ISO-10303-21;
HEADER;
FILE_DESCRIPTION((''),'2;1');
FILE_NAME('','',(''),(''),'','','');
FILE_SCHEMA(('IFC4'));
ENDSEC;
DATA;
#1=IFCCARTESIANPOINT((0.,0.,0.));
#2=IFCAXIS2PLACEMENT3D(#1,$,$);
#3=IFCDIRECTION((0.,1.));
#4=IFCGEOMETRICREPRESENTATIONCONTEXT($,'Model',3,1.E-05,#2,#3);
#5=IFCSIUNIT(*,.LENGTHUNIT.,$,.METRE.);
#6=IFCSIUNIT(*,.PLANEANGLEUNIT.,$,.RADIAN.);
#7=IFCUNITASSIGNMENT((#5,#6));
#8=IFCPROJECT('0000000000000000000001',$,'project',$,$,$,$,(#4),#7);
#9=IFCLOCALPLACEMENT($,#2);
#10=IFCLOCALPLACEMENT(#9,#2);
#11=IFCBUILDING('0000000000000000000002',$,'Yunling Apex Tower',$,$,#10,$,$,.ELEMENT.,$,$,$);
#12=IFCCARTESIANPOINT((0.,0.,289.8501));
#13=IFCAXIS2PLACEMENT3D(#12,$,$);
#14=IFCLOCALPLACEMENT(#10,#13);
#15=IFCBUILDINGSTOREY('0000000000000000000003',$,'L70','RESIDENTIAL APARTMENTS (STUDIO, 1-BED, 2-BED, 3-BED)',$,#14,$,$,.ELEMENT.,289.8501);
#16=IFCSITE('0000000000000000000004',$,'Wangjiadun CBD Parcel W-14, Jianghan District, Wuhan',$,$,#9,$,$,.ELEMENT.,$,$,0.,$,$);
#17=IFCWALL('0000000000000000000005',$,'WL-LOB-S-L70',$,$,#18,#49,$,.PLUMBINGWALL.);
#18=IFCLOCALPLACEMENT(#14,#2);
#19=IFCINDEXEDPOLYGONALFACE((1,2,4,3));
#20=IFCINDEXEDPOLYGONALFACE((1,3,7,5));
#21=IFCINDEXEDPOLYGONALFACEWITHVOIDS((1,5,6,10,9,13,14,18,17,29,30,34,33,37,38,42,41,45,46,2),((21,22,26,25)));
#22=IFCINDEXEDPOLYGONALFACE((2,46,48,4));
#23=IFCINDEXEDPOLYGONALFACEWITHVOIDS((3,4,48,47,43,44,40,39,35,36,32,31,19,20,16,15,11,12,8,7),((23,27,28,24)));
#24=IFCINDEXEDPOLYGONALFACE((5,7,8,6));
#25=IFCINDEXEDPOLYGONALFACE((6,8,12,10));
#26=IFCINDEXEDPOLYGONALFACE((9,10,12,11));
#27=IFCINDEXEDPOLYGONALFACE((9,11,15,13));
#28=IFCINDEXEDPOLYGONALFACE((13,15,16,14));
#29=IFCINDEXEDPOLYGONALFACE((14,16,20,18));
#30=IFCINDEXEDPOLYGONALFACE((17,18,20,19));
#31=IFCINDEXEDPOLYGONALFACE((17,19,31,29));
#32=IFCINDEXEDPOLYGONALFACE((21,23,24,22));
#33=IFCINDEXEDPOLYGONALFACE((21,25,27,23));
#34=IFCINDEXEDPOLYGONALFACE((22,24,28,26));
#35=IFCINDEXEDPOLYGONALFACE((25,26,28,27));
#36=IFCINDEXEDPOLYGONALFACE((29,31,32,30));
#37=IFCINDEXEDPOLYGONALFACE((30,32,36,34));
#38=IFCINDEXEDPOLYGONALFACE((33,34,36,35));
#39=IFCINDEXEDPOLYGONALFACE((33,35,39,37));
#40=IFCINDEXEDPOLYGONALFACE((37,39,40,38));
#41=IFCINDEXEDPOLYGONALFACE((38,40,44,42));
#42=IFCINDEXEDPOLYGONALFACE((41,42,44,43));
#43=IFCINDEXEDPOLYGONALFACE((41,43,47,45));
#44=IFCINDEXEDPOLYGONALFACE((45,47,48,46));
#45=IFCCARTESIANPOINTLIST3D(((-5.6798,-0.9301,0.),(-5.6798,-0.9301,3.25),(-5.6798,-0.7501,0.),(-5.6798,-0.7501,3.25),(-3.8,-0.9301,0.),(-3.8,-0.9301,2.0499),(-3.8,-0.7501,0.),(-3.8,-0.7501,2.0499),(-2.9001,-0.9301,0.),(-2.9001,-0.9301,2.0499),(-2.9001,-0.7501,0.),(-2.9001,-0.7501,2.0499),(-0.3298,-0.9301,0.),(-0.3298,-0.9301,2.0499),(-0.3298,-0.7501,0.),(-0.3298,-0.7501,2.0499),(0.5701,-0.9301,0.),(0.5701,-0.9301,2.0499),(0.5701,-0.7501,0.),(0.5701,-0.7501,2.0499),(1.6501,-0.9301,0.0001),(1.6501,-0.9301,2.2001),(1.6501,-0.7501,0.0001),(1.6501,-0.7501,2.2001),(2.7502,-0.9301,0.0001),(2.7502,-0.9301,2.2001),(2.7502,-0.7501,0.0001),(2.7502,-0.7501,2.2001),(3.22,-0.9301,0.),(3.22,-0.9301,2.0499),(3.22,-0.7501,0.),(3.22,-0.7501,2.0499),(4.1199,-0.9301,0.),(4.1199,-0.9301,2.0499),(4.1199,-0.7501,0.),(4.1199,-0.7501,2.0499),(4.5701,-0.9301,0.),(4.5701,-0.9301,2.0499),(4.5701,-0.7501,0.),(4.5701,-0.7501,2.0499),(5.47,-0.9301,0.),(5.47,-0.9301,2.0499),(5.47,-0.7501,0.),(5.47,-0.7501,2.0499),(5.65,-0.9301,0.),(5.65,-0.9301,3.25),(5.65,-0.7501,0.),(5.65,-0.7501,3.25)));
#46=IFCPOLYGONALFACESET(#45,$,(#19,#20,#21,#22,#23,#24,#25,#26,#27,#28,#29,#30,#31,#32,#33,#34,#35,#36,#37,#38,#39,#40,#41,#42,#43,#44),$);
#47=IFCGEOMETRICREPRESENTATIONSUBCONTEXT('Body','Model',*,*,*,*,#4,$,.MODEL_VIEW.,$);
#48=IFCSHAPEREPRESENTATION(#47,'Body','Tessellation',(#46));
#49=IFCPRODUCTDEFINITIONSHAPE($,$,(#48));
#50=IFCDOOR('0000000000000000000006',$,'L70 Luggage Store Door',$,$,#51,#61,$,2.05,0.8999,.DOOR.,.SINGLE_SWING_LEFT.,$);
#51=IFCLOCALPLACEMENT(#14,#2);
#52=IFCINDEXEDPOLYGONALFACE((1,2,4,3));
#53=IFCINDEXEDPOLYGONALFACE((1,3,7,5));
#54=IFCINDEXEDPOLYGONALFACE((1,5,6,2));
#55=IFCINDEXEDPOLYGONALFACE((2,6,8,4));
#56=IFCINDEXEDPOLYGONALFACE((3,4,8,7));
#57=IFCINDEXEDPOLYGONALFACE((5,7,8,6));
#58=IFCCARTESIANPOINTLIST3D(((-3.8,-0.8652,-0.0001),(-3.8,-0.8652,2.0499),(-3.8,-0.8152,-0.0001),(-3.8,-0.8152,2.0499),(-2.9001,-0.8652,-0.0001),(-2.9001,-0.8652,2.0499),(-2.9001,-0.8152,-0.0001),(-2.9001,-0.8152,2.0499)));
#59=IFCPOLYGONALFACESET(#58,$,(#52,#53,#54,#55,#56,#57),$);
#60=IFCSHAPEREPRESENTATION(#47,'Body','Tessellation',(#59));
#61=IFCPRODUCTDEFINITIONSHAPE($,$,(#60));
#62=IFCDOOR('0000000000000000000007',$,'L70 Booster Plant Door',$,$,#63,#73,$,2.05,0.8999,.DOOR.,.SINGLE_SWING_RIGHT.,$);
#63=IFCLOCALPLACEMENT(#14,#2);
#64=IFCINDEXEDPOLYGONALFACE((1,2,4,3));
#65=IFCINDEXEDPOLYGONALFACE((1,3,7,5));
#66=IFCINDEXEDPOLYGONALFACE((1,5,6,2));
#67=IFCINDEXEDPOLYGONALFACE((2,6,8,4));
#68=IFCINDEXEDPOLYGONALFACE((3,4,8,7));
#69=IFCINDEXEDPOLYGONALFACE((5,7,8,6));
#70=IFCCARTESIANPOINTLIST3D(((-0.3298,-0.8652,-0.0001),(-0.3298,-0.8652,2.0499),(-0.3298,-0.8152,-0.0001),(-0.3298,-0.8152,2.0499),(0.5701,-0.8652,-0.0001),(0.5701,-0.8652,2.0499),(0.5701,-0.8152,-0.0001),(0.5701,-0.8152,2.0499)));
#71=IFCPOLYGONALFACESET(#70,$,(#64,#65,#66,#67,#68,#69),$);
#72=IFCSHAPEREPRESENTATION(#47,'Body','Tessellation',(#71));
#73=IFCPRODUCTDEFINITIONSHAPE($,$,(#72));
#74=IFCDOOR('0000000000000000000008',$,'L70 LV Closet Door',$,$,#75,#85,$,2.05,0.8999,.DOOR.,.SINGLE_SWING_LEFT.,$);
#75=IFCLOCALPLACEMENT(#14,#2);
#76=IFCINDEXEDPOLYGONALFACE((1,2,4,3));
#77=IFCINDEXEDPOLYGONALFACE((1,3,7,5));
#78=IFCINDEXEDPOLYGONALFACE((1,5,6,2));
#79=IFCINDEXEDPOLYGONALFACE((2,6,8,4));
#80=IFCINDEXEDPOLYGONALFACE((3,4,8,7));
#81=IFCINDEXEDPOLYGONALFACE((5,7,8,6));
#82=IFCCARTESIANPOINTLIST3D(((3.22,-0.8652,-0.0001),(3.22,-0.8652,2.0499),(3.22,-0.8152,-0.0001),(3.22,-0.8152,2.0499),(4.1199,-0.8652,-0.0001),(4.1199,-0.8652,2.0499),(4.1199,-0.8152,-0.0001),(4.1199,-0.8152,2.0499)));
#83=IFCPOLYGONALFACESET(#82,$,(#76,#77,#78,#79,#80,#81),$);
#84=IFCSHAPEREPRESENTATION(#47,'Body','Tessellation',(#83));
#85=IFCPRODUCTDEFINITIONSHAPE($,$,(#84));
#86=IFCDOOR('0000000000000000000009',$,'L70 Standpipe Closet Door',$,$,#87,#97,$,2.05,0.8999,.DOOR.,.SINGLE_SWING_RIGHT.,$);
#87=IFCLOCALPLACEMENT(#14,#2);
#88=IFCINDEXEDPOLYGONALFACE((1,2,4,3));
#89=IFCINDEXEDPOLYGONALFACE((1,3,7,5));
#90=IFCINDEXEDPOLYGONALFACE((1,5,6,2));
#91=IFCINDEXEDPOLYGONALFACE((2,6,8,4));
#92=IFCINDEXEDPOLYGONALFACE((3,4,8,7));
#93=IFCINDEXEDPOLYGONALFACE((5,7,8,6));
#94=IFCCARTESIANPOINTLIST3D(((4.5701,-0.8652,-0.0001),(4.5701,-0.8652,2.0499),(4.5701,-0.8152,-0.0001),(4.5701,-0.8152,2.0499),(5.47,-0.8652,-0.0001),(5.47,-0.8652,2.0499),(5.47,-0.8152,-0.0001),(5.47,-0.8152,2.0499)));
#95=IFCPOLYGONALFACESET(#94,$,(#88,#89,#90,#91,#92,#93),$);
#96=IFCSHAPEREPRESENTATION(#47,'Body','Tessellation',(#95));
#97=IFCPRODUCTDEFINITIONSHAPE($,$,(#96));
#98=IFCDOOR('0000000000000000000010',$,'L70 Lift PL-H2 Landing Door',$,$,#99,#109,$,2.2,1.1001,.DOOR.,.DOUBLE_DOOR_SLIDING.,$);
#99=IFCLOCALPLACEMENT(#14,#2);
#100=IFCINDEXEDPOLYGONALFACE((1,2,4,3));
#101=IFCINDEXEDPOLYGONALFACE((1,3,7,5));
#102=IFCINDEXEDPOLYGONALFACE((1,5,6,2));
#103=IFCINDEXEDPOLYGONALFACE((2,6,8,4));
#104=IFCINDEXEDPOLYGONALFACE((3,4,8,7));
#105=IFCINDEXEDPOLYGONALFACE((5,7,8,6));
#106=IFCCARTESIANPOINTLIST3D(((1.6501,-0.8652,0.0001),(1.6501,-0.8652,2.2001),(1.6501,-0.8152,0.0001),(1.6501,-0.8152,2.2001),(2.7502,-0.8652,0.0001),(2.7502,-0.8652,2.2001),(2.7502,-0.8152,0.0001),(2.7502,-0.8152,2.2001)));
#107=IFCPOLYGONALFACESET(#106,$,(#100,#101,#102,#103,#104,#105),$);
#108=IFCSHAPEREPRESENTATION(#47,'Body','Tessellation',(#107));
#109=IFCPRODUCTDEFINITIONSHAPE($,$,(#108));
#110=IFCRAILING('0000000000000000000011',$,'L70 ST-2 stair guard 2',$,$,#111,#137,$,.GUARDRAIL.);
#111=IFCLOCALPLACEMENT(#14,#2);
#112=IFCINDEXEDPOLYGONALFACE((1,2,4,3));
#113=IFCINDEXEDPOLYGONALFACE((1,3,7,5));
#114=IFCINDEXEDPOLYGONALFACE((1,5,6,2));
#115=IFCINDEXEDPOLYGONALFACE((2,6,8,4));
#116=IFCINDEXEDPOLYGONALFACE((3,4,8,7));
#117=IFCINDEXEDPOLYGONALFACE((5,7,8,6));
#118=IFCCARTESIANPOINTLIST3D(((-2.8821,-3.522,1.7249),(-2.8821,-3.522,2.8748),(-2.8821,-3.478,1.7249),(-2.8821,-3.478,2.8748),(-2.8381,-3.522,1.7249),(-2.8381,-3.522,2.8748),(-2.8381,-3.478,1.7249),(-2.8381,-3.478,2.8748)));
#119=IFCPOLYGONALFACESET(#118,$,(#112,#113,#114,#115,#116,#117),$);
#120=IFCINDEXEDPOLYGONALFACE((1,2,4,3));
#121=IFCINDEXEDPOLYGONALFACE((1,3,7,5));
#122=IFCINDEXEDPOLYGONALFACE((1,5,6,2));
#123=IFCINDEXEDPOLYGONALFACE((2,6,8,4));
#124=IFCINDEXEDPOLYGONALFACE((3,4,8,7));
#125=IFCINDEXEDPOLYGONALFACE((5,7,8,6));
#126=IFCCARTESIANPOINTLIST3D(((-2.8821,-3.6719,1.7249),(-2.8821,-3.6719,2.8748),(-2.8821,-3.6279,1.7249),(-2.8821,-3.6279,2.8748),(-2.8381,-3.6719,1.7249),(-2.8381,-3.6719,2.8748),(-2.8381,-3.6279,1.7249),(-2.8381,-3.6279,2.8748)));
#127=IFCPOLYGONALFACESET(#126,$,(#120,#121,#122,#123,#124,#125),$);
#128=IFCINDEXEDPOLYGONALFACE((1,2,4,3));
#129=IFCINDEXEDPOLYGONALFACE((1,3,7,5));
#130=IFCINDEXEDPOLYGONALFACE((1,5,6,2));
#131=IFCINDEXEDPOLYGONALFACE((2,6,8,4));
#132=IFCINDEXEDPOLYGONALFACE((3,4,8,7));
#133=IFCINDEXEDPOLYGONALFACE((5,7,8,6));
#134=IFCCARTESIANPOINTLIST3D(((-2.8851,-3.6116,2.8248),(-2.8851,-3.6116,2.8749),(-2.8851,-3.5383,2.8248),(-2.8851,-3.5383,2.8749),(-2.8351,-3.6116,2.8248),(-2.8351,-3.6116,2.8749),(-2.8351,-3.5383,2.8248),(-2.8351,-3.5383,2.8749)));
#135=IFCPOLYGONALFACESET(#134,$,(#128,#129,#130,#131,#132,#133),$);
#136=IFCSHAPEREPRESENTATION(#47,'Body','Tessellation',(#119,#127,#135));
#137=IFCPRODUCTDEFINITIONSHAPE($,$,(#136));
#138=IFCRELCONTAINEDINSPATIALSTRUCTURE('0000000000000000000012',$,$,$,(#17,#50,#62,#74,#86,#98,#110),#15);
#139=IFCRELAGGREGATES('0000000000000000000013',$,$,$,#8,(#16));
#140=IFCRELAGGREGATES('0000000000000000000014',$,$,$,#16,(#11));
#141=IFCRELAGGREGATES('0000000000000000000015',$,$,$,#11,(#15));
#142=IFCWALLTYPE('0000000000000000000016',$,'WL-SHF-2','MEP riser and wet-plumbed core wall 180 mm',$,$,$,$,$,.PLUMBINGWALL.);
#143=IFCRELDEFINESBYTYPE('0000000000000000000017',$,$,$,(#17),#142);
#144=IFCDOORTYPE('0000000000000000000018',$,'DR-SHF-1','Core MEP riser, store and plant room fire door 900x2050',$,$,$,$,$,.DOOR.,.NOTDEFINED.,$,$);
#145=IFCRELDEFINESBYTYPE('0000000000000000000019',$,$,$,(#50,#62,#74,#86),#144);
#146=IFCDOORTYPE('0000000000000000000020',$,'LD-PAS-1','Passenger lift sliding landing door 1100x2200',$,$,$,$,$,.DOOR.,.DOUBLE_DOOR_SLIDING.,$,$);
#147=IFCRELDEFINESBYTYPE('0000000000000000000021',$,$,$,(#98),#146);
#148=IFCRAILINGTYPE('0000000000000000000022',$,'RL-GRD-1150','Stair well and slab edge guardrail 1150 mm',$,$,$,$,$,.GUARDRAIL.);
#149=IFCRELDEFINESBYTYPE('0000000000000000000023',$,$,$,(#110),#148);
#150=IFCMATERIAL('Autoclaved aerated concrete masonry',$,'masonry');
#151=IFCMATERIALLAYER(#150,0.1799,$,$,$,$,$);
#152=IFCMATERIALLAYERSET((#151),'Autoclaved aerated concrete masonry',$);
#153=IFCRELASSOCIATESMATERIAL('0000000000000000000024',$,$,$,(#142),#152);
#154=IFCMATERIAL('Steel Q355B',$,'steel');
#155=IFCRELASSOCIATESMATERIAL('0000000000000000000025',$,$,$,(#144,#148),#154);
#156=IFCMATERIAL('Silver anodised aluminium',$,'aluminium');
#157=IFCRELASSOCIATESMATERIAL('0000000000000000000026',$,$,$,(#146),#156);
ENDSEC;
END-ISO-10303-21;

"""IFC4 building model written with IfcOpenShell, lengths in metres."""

from ifc_helpers import new_model, si_unit, direction, frame, frame_2d, origin, origin_2d, place, context, subcontext, project, spatial, rectangle, extrude, material, layer, layer_set, type_object, element, fill, save


model = new_model("IFC4")

# Units and contexts
model_context = context("Model", 3, precision=1e-05, world=origin(), true_north=direction((0.0, 1.0)))
body_context = subcontext(model_context, "Body", "Model", "MODEL_VIEW")
ifc_project = project(units=[si_unit("LENGTHUNIT", "METRE"), si_unit("PLANEANGLEUNIT", "RADIAN")], contexts=[model_context])

# Site, building, storey
site_placement = place(None, origin())
site = spatial("IfcSite", under=ifc_project, at=site_placement, Name="Wangjiadun CBD Parcel W-14, Jianghan District, Wuhan", CompositionType="ELEMENT", RefElevation=0.0)
building_placement = place(site_placement, origin())
building = spatial("IfcBuilding", under=site, at=building_placement, Name="Yunling Apex Tower", CompositionType="ELEMENT")
storey_placement = place(building_placement, frame((0.0, 0.0, 289.8501)))
storey = spatial("IfcBuildingStorey", under=building, at=storey_placement, Name="L70", Description="RESIDENTIAL APARTMENTS (STUDIO, 1-BED, 2-BED, 3-BED)", CompositionType="ELEMENT", Elevation=289.8501)

# Shared definitions
ifc_material_1 = material(Name="Steel Q355B", Category="steel")

# Shared definitions
ifc_material_2 = material(Name="Autoclaved aerated concrete masonry", Category="masonry")

# Wall, openings, doors
ifc_layer_1 = layer(ifc_material_2, 0.1799)
ifc_layer_set_1 = layer_set([ifc_layer_1], Name="Autoclaved aerated concrete masonry")
wall_type_1 = type_object("IfcWallType", Name="WL-SHF-2", Description="MEP riser and wet-plumbed core wall 180 mm", PredefinedType="PLUMBINGWALL", material=ifc_layer_set_1)
wall_1_placement = place(storey_placement, frame((-5.6799, -0.8401, 0.0), z_axis=(0.0, 0.0, 1.0), x_axis=(1.0, 0.0, 0.0)))
wall_1 = element("IfcWall", 1, at=wall_1_placement, inside=storey, type_object=wall_type_1, Name="WL-LOB-S-L70", PredefinedType="PLUMBINGWALL", context=body_context, shape_type="SweptSolid", body=[
    extrude(rectangle(XDim=11.3298, YDim=0.1799, at=frame_2d((5.665, 0.0))), origin(), (0.0, 0.0, 1.0), 3.25),
])
opening_1_placement = place(wall_1_placement, frame((1.8799, 0.0, 0.0)))
opening_1 = element("IfcOpeningElement", 2, at=opening_1_placement, cuts=wall_1, PredefinedType="OPENING", context=body_context, shape_type="SweptSolid", body=[
    extrude(rectangle(XDim=0.8999, YDim=2.05, at=frame_2d((0.45, 1.0249))), frame((0.0, 0.1001, 0.0), z_axis=(0.0, -1.0, 0.0), x_axis=(1.0, 0.0, 0.0)), (0.0, 0.0, 1.0), 0.2),
])
opening_2_placement = place(wall_1_placement, frame((5.3501, 0.0, 0.0)))
opening_2 = element("IfcOpeningElement", 3, at=opening_2_placement, cuts=wall_1, PredefinedType="OPENING", context=body_context, shape_type="SweptSolid", body=[
    extrude(rectangle(XDim=0.8999, YDim=2.05, at=frame_2d((0.45, 1.0249))), frame((0.0, 0.1001, 0.0), z_axis=(0.0, -1.0, 0.0), x_axis=(1.0, 0.0, 0.0)), (0.0, 0.0, 1.0), 0.2),
])
opening_3_placement = place(wall_1_placement, frame((7.3301, 0.0, 0.0)))
opening_3 = element("IfcOpeningElement", 4, at=opening_3_placement, cuts=wall_1, PredefinedType="OPENING", context=body_context, shape_type="SweptSolid", body=[
    extrude(rectangle(XDim=1.1001, YDim=2.2, at=frame_2d((0.55, 1.1001))), frame((0.0, 0.1001, 0.0), z_axis=(0.0, -1.0, 0.0), x_axis=(1.0, 0.0, 0.0)), (0.0, 0.0, 1.0), 0.2),
])
opening_4_placement = place(wall_1_placement, frame((8.8999, 0.0, 0.0)))
opening_4 = element("IfcOpeningElement", 5, at=opening_4_placement, cuts=wall_1, PredefinedType="OPENING", context=body_context, shape_type="SweptSolid", body=[
    extrude(rectangle(XDim=0.8999, YDim=2.05, at=frame_2d((0.45, 1.0249))), frame((0.0, 0.1001, 0.0), z_axis=(0.0, -1.0, 0.0), x_axis=(1.0, 0.0, 0.0)), (0.0, 0.0, 1.0), 0.2),
])
opening_5_placement = place(wall_1_placement, frame((10.25, 0.0, 0.0)))
opening_5 = element("IfcOpeningElement", 6, at=opening_5_placement, cuts=wall_1, PredefinedType="OPENING", context=body_context, shape_type="SweptSolid", body=[
    extrude(rectangle(XDim=0.8999, YDim=2.05, at=frame_2d((0.45, 1.0249))), frame((0.0, 0.1001, 0.0), z_axis=(0.0, -1.0, 0.0), x_axis=(1.0, 0.0, 0.0)), (0.0, 0.0, 1.0), 0.2),
])
door_type_1 = type_object("IfcDoorType", Name="DR-SHF-1", Description="Core MEP riser, store and plant room fire door 900x2050", OperationType="NOTDEFINED", PredefinedType="DOOR", material=ifc_material_1)
door_1_placement = place(opening_1_placement, origin())
door_1 = element("IfcDoor", 7, at=door_1_placement, inside=storey, type_object=door_type_1, Name="L70 Luggage Store Door", OperationType="SINGLE_SWING_LEFT", OverallHeight=2.05, OverallWidth=0.8999, PredefinedType="DOOR", context=body_context, shape_type="SweptSolid", body=[
    extrude(rectangle(XDim=0.8999, YDim=2.05, at=frame_2d((0.45, 1.0249))), frame((0.0, 0.0249, 0.0), z_axis=(0.0, -1.0, 0.0), x_axis=(1.0, 0.0, 0.0)), (0.0, 0.0, 1.0), 0.05),
])
fill(opening_1, door_1)
door_2_placement = place(opening_2_placement, origin())
door_2 = element("IfcDoor", 8, at=door_2_placement, inside=storey, type_object=door_type_1, Name="L70 Booster Plant Door", OperationType="SINGLE_SWING_RIGHT", OverallHeight=2.05, OverallWidth=0.8999, PredefinedType="DOOR", context=body_context, shape_type="SweptSolid", body=[
    extrude(rectangle(XDim=0.8999, YDim=2.05, at=frame_2d((0.45, 1.0249))), frame((0.0, 0.0249, 0.0), z_axis=(0.0, -1.0, 0.0), x_axis=(1.0, 0.0, 0.0)), (0.0, 0.0, 1.0), 0.05),
])
fill(opening_2, door_2)
door_3_placement = place(opening_4_placement, origin())
door_3 = element("IfcDoor", 9, at=door_3_placement, inside=storey, type_object=door_type_1, Name="L70 LV Closet Door", OperationType="SINGLE_SWING_LEFT", OverallHeight=2.05, OverallWidth=0.8999, PredefinedType="DOOR", context=body_context, shape_type="SweptSolid", body=[
    extrude(rectangle(XDim=0.8999, YDim=2.05, at=frame_2d((0.45, 1.0249))), frame((0.0, 0.0249, 0.0), z_axis=(0.0, -1.0, 0.0), x_axis=(1.0, 0.0, 0.0)), (0.0, 0.0, 1.0), 0.05),
])
fill(opening_4, door_3)
door_4_placement = place(opening_5_placement, origin())
door_4 = element("IfcDoor", 10, at=door_4_placement, inside=storey, type_object=door_type_1, Name="L70 Standpipe Closet Door", OperationType="SINGLE_SWING_RIGHT", OverallHeight=2.05, OverallWidth=0.8999, PredefinedType="DOOR", context=body_context, shape_type="SweptSolid", body=[
    extrude(rectangle(XDim=0.8999, YDim=2.05, at=frame_2d((0.45, 1.0249))), frame((0.0, 0.0249, 0.0), z_axis=(0.0, -1.0, 0.0), x_axis=(1.0, 0.0, 0.0)), (0.0, 0.0, 1.0), 0.05),
])
fill(opening_5, door_4)
ifc_material_3 = material(Name="Silver anodised aluminium", Category="aluminium")
door_type_2 = type_object("IfcDoorType", Name="LD-PAS-1", Description="Passenger lift sliding landing door 1100x2200", OperationType="DOUBLE_DOOR_SLIDING", PredefinedType="DOOR", material=ifc_material_3)
door_5_placement = place(opening_3_placement, origin())
door_5 = element("IfcDoor", 11, at=door_5_placement, inside=storey, type_object=door_type_2, Name="L70 Lift PL-H2 Landing Door", OperationType="DOUBLE_DOOR_SLIDING", OverallHeight=2.2, OverallWidth=1.1001, PredefinedType="DOOR", context=body_context, shape_type="SweptSolid", body=[
    extrude(rectangle(XDim=1.1001, YDim=2.2, at=frame_2d((0.55, 1.1001))), frame((0.0, 0.0249, 0.0), z_axis=(0.0, -1.0, 0.0), x_axis=(1.0, 0.0, 0.0)), (0.0, 0.0, 1.0), 0.05),
])
fill(opening_3, door_5)

# Railing
railing_type = type_object("IfcRailingType", Name="RL-GRD-1150", Description="Stair well and slab edge guardrail 1150 mm", PredefinedType="GUARDRAIL", material=ifc_material_1)
railing_placement = place(storey_placement, frame((-2.8601, -3.5, 1.7249)))
element("IfcRailing", 12, at=railing_placement, inside=storey, type_object=railing_type, Name="L70 ST-2 stair guard 2", PredefinedType="GUARDRAIL", context=body_context, shape_type="SweptSolid", body=[
    extrude(rectangle(XDim=0.0439, YDim=0.0439, at=origin_2d()), origin(), (0.0, 0.0, 1.0), 1.1499),
    extrude(rectangle(XDim=0.0439, YDim=0.0439, at=origin_2d()), frame((0.0, -0.1499, 0.0)), (0.0, 0.0, 1.0), 1.1499),
    extrude(rectangle(XDim=0.05, YDim=0.05, at=origin_2d()), frame((0.0, -0.0383, 1.125), z_axis=(0.0, -1.0, 0.0), x_axis=(1.0, 0.0, 0.0)), (0.0, 0.0, 1.0), 0.0732),
])

save(model, "model.ifc")
